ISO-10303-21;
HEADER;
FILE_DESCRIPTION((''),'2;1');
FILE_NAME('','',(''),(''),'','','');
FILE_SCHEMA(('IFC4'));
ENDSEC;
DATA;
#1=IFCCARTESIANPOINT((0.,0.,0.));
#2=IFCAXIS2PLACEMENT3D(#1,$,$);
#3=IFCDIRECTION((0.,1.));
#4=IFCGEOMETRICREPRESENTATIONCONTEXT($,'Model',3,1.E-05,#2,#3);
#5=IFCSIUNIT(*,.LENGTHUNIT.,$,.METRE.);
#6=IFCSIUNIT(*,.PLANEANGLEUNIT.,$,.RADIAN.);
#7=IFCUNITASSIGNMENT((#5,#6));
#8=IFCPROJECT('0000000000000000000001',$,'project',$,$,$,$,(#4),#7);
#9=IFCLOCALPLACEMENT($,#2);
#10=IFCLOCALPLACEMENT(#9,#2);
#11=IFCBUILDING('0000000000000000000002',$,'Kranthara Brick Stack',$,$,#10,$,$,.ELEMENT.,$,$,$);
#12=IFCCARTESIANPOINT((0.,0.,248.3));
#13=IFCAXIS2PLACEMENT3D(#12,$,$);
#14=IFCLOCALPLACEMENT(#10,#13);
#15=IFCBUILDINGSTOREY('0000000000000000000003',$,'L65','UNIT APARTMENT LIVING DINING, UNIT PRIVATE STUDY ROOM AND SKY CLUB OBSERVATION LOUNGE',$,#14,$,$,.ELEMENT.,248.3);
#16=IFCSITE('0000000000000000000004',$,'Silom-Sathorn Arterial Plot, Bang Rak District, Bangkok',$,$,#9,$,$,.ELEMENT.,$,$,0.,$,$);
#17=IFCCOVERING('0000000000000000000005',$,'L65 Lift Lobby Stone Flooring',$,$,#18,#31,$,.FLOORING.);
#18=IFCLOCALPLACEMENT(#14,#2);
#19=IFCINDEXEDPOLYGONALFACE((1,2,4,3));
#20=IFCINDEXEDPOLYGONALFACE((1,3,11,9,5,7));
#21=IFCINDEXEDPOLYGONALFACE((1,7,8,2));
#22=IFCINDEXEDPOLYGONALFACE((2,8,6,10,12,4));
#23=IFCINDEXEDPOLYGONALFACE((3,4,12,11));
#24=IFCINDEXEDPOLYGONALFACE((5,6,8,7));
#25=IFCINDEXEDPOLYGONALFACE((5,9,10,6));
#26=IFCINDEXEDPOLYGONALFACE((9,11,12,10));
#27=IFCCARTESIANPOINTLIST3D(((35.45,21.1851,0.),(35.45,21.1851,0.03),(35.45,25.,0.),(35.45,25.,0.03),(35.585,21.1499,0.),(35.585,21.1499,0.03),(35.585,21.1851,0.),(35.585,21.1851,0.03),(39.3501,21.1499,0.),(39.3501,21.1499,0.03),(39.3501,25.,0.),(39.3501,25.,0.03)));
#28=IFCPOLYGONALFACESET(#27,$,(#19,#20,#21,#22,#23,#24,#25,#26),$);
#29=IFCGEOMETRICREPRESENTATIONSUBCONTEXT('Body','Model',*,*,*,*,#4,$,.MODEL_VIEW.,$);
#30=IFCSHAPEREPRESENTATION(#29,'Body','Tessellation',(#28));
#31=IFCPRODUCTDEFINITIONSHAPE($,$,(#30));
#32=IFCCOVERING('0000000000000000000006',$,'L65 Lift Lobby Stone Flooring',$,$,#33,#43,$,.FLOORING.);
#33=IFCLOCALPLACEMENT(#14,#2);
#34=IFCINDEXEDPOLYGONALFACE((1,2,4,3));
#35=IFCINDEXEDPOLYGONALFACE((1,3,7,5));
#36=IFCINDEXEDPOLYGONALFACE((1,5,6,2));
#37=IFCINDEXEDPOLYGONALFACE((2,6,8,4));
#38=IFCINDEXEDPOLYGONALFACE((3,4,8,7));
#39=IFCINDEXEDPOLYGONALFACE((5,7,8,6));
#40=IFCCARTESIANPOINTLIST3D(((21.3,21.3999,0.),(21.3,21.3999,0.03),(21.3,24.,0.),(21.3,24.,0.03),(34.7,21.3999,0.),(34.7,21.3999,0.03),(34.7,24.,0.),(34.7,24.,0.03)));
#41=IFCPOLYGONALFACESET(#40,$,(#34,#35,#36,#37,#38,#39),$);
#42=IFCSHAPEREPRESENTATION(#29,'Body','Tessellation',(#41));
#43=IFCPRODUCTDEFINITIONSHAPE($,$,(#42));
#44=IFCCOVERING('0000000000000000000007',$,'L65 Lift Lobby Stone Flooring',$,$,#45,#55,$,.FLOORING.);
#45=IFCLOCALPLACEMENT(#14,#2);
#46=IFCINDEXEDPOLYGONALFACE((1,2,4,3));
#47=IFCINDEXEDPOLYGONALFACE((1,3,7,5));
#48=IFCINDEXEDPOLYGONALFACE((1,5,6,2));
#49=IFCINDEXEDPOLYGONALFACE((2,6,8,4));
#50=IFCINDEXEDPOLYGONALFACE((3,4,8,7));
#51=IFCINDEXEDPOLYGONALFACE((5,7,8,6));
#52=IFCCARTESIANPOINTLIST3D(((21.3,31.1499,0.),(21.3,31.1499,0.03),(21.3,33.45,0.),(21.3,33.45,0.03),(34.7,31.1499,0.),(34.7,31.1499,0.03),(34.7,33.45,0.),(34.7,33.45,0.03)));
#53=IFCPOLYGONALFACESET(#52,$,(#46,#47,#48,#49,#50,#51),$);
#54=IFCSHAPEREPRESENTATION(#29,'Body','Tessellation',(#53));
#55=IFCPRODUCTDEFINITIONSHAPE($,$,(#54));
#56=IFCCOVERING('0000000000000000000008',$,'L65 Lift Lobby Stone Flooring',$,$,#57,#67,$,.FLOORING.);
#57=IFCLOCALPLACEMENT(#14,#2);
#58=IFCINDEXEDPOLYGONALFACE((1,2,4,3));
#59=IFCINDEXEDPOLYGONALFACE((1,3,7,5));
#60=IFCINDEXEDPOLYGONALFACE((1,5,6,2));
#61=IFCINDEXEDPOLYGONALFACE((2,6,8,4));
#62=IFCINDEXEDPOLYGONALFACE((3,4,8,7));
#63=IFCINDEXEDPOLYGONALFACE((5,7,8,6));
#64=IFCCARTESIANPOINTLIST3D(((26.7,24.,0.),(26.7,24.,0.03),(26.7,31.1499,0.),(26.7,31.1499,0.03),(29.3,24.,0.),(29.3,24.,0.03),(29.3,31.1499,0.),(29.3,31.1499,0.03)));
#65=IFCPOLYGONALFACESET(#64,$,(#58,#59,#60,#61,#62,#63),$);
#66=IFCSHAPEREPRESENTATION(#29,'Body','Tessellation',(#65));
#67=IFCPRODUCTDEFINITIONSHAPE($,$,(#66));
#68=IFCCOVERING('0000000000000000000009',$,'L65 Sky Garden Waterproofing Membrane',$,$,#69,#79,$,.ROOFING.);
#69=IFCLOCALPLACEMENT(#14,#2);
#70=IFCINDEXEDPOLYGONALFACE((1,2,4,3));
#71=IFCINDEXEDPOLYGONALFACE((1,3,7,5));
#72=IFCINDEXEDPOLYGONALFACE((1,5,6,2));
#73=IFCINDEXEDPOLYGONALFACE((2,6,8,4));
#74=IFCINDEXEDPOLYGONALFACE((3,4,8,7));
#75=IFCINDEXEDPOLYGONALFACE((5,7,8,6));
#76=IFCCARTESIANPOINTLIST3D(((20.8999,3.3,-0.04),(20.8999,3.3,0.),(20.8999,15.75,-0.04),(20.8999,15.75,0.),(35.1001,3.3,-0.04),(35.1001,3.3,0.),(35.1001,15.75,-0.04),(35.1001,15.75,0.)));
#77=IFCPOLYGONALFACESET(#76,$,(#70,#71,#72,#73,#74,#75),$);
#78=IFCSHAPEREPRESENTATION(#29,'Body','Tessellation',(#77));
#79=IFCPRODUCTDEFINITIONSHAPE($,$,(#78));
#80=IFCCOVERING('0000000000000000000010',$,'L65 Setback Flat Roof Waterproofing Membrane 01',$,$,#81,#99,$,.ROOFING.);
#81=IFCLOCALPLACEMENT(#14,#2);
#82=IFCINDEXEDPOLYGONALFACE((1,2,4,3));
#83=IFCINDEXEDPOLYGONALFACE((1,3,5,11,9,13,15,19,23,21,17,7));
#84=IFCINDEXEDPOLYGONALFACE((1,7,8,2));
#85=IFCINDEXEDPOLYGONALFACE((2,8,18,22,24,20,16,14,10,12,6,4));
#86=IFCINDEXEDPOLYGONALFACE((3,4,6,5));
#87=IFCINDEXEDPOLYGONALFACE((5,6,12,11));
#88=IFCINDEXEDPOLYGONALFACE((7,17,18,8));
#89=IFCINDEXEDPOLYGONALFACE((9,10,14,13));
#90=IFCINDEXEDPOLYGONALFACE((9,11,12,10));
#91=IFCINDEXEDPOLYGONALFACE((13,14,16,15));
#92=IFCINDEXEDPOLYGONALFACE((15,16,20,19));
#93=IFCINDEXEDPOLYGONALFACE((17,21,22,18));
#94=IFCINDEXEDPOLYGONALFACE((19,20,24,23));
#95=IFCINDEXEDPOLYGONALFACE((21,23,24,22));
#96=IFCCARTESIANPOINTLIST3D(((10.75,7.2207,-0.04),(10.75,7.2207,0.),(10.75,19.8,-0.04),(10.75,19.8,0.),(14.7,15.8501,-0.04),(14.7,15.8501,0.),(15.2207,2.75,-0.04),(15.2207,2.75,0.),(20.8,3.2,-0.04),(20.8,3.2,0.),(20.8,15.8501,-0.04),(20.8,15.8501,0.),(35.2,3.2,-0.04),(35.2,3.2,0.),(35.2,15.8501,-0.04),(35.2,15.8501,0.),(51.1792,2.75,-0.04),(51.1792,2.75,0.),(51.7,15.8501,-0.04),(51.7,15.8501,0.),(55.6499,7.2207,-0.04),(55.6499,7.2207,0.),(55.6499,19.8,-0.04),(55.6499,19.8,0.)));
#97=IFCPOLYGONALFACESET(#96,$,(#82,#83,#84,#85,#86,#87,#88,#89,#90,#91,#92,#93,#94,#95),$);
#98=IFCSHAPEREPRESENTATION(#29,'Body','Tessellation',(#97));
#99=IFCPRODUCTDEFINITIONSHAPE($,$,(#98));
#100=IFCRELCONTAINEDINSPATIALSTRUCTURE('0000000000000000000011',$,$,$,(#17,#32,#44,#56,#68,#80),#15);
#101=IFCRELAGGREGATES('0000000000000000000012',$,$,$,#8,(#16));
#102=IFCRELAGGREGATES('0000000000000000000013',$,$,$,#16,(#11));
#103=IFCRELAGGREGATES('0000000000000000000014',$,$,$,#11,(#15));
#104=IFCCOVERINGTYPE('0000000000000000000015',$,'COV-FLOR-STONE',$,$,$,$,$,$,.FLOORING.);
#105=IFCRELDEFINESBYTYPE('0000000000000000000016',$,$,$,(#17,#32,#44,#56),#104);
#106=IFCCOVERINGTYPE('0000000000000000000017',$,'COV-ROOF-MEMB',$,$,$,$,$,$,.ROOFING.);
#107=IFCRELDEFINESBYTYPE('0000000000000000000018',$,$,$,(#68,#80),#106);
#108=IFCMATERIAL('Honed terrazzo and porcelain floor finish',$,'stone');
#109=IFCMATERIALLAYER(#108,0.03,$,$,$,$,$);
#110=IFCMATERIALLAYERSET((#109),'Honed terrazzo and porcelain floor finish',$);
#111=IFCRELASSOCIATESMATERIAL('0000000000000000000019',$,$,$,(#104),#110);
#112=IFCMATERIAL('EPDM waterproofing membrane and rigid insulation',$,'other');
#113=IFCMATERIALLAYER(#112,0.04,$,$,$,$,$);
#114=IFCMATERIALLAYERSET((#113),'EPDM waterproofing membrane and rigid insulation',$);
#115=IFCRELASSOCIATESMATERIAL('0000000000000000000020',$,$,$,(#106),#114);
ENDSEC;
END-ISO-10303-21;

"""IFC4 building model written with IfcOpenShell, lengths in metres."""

from ifc_helpers import new_model, si_unit, direction, frame, origin, place, context, subcontext, project, spatial, polyline, outline, extrude, material, layer, layer_set, type_object, element, save


model = new_model("IFC4")

# Units and contexts
model_context = context("Model", 3, precision=1e-05, world=origin(), true_north=direction((0.0, 1.0)))
body_context = subcontext(model_context, "Body", "Model", "MODEL_VIEW")
ifc_project = project(units=[si_unit("LENGTHUNIT", "METRE"), si_unit("PLANEANGLEUNIT", "RADIAN")], contexts=[model_context])

# Site, building, storey
site_placement = place(None, origin())
site = spatial("IfcSite", under=ifc_project, at=site_placement, Name="Silom-Sathorn Arterial Plot, Bang Rak District, Bangkok", CompositionType="ELEMENT", RefElevation=0.0)
building_placement = place(site_placement, origin())
building = spatial("IfcBuilding", under=site, at=building_placement, Name="Kranthara Brick Stack", CompositionType="ELEMENT")
storey_placement = place(building_placement, frame((0.0, 0.0, 248.3)))
storey = spatial("IfcBuildingStorey", under=building, at=storey_placement, Name="L65", Description="UNIT APARTMENT LIVING DINING, UNIT PRIVATE STUDY ROOM AND SKY CLUB OBSERVATION LOUNGE", CompositionType="ELEMENT", Elevation=248.3)

# Coverings
ifc_material_1 = material(Name="Honed terrazzo and porcelain floor finish", Category="stone")
ifc_layer_1 = layer(ifc_material_1, 0.03)
ifc_layer_set_1 = layer_set([ifc_layer_1], Name="Honed terrazzo and porcelain floor finish")
covering_type_1 = type_object("IfcCoveringType", Name="COV-FLOR-STONE", PredefinedType="FLOORING", material=ifc_layer_set_1)
covering_1_placement = place(storey_placement, origin())
element("IfcCovering", 1, at=covering_1_placement, inside=storey, type_object=covering_type_1, Name="L65 Lift Lobby Stone Flooring", PredefinedType="FLOORING", context=body_context, shape_type="SweptSolid", body=[
    extrude(outline(polyline([(35.45, 25.0), (39.3501, 25.0), (39.3501, 21.1499), (35.585, 21.1499), (35.585, 21.1851), (35.45, 21.1851), (35.45, 25.0)])), origin(), (0.0, 0.0, 1.0), 0.03),
])
covering_2_placement = place(storey_placement, origin())
element("IfcCovering", 2, at=covering_2_placement, inside=storey, type_object=covering_type_1, Name="L65 Lift Lobby Stone Flooring", PredefinedType="FLOORING", context=body_context, shape_type="SweptSolid", body=[
    extrude(outline(polyline([(34.7, 21.3999), (34.7, 24.0), (21.3, 24.0), (21.3, 21.3999), (34.7, 21.3999)])), origin(), (0.0, 0.0, 1.0), 0.03),
])
covering_3_placement = place(storey_placement, origin())
element("IfcCovering", 3, at=covering_3_placement, inside=storey, type_object=covering_type_1, Name="L65 Lift Lobby Stone Flooring", PredefinedType="FLOORING", context=body_context, shape_type="SweptSolid", body=[
    extrude(outline(polyline([(34.7, 31.1499), (34.7, 33.45), (21.3, 33.45), (21.3, 31.1499), (34.7, 31.1499)])), origin(), (0.0, 0.0, 1.0), 0.03),
])
covering_4_placement = place(storey_placement, origin())
element("IfcCovering", 4, at=covering_4_placement, inside=storey, type_object=covering_type_1, Name="L65 Lift Lobby Stone Flooring", PredefinedType="FLOORING", context=body_context, shape_type="SweptSolid", body=[
    extrude(outline(polyline([(29.3, 24.0), (26.7, 24.0), (26.7, 31.1499), (29.3, 31.1499), (29.3, 24.0)])), origin(), (0.0, 0.0, 1.0), 0.03),
])
ifc_material_2 = material(Name="EPDM waterproofing membrane and rigid insulation", Category="other")
ifc_layer_2 = layer(ifc_material_2, 0.04)
ifc_layer_set_2 = layer_set([ifc_layer_2], Name="EPDM waterproofing membrane and rigid insulation")
covering_type_2 = type_object("IfcCoveringType", Name="COV-ROOF-MEMB", PredefinedType="ROOFING", material=ifc_layer_set_2)
covering_5_placement = place(storey_placement, frame((0.0, 0.0, -0.04)))
element("IfcCovering", 5, at=covering_5_placement, inside=storey, type_object=covering_type_2, Name="L65 Sky Garden Waterproofing Membrane", PredefinedType="ROOFING", context=body_context, shape_type="SweptSolid", body=[
    extrude(outline(polyline([(20.8999, 3.3), (35.1001, 3.3), (35.1001, 15.75), (20.8999, 15.75), (20.8999, 3.3)])), origin(), (0.0, 0.0, 1.0), 0.04),
])
covering_6_placement = place(storey_placement, frame((0.0, 0.0, -0.04)))
element("IfcCovering", 6, at=covering_6_placement, inside=storey, type_object=covering_type_2, Name="L65 Setback Flat Roof Waterproofing Membrane 01", PredefinedType="ROOFING", context=body_context, shape_type="SweptSolid", body=[
    extrude(outline(polyline([(10.75, 7.2207), (10.75, 19.8), (14.7, 15.8501), (20.8, 15.8501), (20.8, 3.2), (35.2, 3.2), (35.2, 15.8501), (51.7, 15.8501), (55.6499, 19.8), (55.6499, 7.2207), (51.1792, 2.75), (15.2207, 2.75), (10.75, 7.2207)])), origin(), (0.0, 0.0, 1.0), 0.04),
])

save(model, "model.ifc")
